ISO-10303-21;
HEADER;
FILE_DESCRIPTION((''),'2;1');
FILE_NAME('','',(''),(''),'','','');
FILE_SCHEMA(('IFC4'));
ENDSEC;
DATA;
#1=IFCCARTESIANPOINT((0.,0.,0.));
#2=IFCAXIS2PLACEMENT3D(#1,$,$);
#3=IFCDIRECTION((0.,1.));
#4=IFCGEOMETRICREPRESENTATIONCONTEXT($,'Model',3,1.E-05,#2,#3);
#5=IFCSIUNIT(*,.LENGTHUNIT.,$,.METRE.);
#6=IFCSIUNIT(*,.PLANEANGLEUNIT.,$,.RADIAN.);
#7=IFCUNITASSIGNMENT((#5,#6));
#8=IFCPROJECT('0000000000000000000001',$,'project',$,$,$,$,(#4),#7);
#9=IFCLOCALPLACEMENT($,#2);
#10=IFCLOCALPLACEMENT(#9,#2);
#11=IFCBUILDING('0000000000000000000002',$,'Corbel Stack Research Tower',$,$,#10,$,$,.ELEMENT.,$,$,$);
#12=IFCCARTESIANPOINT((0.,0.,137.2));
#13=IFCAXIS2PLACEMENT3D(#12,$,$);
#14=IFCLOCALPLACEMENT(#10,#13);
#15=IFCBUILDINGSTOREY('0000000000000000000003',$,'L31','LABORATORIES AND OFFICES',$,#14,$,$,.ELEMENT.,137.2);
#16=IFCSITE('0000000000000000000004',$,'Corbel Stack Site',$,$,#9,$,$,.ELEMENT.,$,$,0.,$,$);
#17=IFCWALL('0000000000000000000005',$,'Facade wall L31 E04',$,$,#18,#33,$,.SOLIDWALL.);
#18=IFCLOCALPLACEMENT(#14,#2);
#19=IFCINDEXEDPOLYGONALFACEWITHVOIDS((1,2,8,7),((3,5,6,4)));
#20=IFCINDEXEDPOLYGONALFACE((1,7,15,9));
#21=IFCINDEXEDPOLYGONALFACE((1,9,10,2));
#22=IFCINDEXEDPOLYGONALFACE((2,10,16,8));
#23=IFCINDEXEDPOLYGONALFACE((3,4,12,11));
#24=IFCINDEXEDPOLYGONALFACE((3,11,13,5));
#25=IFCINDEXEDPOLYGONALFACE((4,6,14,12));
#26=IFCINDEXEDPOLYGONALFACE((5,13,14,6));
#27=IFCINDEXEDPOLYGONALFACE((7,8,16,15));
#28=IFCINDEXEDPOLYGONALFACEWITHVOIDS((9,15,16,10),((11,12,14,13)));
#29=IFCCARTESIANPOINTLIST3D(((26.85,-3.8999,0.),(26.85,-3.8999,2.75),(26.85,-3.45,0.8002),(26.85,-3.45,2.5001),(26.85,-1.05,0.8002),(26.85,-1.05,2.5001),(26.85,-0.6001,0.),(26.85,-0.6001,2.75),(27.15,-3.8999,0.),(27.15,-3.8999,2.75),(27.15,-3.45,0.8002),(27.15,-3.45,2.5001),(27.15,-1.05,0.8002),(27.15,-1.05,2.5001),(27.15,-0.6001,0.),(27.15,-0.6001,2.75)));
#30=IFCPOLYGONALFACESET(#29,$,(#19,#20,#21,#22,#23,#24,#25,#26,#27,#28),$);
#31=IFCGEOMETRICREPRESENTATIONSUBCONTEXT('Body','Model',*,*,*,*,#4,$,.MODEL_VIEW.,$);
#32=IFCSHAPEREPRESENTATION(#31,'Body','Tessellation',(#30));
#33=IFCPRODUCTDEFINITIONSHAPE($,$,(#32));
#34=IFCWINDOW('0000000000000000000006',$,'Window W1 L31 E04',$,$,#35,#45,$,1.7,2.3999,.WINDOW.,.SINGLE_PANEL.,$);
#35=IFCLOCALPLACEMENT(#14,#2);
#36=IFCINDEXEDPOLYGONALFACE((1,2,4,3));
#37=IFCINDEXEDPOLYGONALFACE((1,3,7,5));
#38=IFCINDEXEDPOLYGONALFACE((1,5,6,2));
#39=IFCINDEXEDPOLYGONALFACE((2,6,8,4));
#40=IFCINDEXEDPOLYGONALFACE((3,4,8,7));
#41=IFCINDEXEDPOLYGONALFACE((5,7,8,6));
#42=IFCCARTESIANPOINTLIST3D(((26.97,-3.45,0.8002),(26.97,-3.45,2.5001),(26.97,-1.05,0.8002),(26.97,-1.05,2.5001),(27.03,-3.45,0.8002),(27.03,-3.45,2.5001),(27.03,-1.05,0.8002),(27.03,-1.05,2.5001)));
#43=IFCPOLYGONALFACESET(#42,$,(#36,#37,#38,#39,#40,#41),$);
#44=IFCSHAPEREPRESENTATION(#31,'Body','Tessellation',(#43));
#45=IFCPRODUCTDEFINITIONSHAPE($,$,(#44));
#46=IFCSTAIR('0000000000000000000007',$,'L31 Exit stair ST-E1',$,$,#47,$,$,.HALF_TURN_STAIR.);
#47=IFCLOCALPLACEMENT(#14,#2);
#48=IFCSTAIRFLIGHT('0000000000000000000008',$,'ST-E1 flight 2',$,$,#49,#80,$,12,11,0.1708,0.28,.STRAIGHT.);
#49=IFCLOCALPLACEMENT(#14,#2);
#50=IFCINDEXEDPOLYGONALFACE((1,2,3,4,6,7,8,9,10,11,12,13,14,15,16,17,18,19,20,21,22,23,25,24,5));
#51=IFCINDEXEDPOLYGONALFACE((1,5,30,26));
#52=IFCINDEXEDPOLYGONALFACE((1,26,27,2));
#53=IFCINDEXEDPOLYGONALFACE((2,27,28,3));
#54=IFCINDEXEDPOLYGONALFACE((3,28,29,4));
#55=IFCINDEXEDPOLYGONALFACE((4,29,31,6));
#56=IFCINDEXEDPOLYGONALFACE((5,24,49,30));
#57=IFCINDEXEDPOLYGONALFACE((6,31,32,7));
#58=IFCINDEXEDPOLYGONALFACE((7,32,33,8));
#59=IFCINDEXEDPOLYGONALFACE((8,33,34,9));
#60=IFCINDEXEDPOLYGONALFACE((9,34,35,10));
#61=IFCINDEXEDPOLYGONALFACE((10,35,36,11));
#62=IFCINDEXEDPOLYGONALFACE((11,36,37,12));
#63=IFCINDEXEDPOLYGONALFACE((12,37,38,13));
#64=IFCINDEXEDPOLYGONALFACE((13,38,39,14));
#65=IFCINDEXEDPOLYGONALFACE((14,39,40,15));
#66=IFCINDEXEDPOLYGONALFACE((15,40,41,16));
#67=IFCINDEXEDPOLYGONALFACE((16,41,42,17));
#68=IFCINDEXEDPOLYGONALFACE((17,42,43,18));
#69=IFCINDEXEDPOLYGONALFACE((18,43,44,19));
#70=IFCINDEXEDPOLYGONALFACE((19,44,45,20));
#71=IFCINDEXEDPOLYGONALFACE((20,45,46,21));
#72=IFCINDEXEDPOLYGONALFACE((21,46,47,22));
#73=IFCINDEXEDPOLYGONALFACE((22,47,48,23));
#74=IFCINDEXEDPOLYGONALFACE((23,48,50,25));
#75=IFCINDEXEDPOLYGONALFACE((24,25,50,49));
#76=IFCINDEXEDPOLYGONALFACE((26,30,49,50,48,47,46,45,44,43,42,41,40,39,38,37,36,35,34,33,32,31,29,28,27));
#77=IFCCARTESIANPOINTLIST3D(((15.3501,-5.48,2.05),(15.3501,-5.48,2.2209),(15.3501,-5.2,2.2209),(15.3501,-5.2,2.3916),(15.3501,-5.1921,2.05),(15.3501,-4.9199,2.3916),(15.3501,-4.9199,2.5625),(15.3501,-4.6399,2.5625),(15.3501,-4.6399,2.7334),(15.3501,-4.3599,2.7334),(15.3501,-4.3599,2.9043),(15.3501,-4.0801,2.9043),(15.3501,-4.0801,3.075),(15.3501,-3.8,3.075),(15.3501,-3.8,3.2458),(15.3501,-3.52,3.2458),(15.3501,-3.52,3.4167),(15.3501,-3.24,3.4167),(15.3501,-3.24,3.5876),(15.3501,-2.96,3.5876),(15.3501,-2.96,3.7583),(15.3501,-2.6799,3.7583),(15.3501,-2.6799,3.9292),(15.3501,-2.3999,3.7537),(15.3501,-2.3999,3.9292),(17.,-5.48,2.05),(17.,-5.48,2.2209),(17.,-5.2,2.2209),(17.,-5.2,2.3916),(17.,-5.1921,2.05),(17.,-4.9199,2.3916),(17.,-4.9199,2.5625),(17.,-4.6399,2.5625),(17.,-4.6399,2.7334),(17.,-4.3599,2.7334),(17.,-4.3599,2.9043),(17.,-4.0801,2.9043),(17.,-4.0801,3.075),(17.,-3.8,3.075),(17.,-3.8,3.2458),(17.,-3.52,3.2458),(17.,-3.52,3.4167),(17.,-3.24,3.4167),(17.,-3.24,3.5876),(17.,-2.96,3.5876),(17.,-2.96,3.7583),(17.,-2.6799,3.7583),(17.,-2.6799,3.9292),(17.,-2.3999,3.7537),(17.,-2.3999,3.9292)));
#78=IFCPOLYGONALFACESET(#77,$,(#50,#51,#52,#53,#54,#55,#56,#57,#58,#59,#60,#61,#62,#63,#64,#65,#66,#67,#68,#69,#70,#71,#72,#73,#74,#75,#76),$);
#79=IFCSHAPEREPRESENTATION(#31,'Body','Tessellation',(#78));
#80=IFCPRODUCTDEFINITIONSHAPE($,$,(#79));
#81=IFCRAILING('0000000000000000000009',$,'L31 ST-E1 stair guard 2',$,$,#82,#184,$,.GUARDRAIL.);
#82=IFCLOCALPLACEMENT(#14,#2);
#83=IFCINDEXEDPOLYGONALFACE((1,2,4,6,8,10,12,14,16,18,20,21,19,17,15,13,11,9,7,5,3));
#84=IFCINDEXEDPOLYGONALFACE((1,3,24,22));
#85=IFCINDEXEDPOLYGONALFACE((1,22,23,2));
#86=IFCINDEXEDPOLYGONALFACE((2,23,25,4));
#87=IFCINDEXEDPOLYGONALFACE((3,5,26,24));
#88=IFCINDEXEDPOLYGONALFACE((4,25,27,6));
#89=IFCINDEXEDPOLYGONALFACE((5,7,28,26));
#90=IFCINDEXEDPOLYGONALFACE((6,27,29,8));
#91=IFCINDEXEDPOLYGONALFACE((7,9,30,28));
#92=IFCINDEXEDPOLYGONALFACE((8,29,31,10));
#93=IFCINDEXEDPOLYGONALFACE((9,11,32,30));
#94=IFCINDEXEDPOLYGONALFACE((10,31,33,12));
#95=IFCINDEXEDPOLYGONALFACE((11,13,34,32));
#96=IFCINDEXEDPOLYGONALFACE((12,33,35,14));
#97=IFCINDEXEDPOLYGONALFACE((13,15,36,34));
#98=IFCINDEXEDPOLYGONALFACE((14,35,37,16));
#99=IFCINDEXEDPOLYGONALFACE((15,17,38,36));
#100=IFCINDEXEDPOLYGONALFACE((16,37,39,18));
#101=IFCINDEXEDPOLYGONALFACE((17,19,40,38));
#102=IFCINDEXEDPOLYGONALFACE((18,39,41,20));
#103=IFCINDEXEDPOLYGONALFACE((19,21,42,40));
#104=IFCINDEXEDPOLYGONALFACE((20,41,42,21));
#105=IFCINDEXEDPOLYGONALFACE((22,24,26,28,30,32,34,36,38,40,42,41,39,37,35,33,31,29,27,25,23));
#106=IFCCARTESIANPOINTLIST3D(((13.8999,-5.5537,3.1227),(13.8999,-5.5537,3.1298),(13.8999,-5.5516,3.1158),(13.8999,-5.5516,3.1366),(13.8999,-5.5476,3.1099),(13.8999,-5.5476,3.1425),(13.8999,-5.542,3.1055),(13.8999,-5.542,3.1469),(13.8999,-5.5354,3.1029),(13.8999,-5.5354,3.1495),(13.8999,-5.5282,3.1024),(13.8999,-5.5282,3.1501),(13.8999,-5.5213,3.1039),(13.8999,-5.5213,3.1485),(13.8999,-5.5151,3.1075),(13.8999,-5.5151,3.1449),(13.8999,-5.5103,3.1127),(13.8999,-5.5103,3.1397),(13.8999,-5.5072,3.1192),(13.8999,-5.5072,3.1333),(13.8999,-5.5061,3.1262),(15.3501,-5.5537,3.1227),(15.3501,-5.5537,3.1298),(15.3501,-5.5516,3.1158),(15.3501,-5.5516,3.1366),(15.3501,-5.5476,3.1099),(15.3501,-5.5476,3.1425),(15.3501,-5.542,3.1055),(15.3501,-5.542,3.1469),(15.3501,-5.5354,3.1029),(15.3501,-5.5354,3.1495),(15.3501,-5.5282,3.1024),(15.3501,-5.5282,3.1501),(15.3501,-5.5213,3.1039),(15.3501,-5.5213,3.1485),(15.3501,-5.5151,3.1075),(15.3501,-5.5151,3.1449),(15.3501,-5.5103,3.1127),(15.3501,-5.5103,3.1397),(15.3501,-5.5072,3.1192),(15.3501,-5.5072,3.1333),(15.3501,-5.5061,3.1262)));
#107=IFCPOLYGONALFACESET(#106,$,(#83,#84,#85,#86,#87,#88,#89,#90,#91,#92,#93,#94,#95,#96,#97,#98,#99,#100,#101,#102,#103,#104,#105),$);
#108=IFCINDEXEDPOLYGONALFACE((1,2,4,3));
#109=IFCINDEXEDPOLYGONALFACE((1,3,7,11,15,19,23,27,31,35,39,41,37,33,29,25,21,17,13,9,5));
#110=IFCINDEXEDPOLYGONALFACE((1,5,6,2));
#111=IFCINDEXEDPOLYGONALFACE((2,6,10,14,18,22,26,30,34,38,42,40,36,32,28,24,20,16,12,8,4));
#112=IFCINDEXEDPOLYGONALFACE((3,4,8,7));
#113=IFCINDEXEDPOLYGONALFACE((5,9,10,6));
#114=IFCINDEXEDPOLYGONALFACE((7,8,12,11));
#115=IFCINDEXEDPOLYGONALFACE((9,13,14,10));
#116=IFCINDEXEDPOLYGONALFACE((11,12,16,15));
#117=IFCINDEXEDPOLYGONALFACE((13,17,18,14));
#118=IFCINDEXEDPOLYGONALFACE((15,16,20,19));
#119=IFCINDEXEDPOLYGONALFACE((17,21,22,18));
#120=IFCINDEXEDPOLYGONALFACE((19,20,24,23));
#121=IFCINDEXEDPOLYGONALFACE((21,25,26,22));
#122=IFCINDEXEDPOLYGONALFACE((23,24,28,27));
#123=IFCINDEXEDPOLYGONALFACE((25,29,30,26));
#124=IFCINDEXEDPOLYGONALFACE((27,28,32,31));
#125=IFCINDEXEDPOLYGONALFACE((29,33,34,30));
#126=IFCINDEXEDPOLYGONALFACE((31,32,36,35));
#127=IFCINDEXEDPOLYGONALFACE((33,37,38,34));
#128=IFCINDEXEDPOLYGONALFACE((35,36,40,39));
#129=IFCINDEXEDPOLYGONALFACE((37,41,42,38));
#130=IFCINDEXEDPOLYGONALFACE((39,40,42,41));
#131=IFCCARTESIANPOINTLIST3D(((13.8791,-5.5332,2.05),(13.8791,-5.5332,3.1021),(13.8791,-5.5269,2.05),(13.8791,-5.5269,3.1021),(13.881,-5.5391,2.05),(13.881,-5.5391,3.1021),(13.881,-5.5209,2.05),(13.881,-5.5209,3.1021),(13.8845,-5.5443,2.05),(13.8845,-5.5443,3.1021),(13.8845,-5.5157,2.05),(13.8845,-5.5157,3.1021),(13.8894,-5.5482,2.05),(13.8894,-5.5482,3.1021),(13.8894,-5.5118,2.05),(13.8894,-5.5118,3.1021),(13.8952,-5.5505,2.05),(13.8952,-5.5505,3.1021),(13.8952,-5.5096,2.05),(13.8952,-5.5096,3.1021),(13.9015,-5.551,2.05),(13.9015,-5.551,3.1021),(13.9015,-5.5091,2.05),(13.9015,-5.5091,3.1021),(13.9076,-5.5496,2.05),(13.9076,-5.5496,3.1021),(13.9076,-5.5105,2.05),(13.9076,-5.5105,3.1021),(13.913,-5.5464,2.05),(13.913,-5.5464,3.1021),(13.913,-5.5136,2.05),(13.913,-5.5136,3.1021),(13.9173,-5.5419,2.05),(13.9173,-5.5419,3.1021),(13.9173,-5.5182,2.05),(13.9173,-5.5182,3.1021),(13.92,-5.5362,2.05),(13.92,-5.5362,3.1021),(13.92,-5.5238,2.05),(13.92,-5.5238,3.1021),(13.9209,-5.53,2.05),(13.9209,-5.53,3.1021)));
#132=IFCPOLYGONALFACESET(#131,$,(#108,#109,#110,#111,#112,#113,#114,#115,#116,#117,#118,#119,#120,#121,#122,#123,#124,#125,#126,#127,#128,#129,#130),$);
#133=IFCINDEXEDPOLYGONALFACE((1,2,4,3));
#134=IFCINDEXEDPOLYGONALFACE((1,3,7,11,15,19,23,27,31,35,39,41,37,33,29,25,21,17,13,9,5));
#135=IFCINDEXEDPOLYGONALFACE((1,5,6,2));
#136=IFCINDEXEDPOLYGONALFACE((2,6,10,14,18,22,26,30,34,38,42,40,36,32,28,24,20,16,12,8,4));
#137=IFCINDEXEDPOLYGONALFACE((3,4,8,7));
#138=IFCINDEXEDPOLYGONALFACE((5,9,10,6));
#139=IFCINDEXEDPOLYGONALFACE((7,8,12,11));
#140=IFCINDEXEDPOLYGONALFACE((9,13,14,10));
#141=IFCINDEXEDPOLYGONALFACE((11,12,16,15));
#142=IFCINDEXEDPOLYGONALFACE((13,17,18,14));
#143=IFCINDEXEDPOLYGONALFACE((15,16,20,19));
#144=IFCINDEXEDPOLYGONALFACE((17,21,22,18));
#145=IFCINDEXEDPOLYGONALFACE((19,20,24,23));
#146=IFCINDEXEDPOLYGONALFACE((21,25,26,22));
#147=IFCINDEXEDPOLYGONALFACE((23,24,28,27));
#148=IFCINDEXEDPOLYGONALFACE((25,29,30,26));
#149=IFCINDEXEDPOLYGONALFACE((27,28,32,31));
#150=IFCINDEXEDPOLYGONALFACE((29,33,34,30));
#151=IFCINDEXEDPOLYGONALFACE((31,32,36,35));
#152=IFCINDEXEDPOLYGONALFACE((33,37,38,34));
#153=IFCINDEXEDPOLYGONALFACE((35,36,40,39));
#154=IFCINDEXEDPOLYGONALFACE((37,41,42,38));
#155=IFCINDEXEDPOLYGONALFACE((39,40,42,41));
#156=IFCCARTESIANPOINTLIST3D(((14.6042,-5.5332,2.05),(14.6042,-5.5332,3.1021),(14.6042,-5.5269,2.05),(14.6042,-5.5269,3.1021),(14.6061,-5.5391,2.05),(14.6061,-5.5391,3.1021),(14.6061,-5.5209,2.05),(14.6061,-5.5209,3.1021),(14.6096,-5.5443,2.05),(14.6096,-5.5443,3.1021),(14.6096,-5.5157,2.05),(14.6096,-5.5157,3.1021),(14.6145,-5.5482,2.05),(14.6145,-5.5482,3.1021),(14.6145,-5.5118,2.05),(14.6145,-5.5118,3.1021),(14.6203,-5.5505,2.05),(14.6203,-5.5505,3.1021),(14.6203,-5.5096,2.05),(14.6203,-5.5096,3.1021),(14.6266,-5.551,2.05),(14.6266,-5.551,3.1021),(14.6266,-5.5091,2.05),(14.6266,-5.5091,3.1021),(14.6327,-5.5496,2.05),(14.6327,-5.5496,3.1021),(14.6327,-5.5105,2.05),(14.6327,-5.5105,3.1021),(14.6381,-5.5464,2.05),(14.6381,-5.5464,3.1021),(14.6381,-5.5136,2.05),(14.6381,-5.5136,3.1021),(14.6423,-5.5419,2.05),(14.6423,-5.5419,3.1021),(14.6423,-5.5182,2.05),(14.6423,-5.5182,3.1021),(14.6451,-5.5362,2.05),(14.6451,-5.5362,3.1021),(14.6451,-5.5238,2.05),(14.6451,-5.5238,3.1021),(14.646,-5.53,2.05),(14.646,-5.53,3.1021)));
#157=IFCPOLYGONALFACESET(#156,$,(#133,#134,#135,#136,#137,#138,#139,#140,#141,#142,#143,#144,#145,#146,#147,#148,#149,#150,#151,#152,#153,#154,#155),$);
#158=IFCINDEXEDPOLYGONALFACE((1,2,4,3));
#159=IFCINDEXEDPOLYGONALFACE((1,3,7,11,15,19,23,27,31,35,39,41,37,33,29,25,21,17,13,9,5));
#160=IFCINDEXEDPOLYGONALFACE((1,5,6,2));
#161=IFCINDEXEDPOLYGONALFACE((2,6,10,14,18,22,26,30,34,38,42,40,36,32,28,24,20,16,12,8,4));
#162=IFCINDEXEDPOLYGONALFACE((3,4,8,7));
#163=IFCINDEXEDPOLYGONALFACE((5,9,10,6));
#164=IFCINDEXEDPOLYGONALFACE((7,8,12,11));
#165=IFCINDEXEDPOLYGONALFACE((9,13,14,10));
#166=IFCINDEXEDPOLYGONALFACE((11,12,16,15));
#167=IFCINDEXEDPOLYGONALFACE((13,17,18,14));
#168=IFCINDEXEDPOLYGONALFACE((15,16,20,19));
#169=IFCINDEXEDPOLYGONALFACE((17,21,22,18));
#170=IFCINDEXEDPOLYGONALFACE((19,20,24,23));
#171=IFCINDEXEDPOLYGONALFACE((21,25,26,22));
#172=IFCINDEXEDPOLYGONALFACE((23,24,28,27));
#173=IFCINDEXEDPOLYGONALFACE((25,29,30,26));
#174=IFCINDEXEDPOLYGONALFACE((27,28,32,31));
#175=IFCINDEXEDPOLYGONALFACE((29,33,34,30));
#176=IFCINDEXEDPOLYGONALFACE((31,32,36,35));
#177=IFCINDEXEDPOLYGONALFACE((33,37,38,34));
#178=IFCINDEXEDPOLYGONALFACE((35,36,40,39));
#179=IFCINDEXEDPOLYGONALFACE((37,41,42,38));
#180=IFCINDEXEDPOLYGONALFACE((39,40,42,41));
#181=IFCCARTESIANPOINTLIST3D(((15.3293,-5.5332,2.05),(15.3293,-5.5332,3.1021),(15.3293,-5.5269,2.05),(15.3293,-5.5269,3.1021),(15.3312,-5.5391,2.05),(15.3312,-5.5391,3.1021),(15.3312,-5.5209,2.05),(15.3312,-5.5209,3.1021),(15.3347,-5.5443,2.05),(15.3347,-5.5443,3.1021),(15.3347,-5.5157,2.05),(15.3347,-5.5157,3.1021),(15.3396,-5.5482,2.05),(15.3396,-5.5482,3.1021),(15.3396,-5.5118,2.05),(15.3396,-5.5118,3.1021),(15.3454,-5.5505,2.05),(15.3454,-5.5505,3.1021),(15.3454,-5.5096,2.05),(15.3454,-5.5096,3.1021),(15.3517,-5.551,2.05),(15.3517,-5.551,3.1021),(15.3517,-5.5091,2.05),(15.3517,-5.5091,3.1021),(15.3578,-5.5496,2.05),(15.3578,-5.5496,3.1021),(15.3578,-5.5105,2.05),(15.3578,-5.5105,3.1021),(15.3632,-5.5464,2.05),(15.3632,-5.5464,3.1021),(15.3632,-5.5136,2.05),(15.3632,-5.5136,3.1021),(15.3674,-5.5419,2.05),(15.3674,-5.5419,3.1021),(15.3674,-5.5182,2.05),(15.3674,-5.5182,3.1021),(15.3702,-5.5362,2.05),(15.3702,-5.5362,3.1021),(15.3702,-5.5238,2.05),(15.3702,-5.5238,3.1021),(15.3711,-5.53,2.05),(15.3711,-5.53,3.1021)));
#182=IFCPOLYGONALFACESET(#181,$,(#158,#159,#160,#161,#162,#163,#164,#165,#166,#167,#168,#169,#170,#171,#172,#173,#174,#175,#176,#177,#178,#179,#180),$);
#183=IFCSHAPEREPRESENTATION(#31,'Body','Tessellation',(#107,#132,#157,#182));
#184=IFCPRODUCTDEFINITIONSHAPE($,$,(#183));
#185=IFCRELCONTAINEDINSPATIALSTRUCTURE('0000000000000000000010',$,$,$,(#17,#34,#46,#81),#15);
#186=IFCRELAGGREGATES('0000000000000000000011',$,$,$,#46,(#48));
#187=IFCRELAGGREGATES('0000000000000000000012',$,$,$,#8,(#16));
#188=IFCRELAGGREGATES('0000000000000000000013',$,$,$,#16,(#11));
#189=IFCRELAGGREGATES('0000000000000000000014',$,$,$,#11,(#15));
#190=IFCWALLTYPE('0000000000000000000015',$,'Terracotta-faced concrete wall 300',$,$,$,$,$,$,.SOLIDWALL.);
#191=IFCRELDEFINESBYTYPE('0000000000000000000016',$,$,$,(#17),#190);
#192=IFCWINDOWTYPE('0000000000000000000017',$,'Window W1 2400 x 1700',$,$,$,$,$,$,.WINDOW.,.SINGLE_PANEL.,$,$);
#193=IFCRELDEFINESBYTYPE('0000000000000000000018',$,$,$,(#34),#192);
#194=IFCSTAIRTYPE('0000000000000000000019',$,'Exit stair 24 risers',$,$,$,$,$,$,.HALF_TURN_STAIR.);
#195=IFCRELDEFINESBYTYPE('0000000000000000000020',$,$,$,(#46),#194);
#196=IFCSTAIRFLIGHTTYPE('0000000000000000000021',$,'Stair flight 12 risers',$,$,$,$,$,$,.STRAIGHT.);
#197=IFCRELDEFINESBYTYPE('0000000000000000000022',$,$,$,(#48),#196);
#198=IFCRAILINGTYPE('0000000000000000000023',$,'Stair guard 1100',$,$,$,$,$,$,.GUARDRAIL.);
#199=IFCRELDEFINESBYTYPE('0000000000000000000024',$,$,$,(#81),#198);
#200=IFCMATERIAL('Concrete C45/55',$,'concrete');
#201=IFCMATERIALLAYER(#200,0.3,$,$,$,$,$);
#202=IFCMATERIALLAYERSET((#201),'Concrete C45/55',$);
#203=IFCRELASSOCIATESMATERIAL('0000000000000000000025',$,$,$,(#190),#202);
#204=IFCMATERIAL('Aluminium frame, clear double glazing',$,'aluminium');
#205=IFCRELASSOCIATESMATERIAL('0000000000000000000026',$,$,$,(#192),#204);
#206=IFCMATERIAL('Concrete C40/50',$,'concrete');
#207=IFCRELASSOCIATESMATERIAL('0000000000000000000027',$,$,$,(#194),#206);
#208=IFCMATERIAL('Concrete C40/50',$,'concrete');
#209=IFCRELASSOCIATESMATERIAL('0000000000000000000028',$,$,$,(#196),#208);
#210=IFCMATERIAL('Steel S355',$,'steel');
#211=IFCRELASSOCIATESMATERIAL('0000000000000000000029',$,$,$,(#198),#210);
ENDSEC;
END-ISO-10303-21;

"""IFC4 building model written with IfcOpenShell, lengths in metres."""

from ifc_helpers import new_model, si_unit, direction, frame, frame_2d, origin, origin_2d, place, context, subcontext, project, spatial, polyline, rectangle, circle, outline, extrude, material, layer, layer_set, type_object, element, fill, aggregate, save


model = new_model("IFC4")

# Units and contexts
model_context = context("Model", 3, precision=1e-05, world=origin(), true_north=direction((0.0, 1.0)))
body_context = subcontext(model_context, "Body", "Model", "MODEL_VIEW")
ifc_project = project(units=[si_unit("LENGTHUNIT", "METRE"), si_unit("PLANEANGLEUNIT", "RADIAN")], contexts=[model_context])

# Site, building, storey
site_placement = place(None, origin())
site = spatial("IfcSite", under=ifc_project, at=site_placement, Name="Corbel Stack Site", CompositionType="ELEMENT", RefElevation=0.0)
building_placement = place(site_placement, origin())
building = spatial("IfcBuilding", under=site, at=building_placement, Name="Corbel Stack Research Tower", CompositionType="ELEMENT")
storey_placement = place(building_placement, frame((0.0, 0.0, 137.2)))
storey = spatial("IfcBuildingStorey", under=building, at=storey_placement, Name="L31", Description="LABORATORIES AND OFFICES", CompositionType="ELEMENT", Elevation=137.2)

# Wall, opening, window
ifc_material_1 = material(Name="Concrete C45/55", Category="concrete")
ifc_layer_1 = layer(ifc_material_1, 0.3)
ifc_layer_set_1 = layer_set([ifc_layer_1], Name="Concrete C45/55")
wall_type_1 = type_object("IfcWallType", Name="Terracotta-faced concrete wall 300", PredefinedType="SOLIDWALL", material=ifc_layer_set_1)
ifc_material_2 = material(Name="Aluminium frame, clear double glazing", Category="aluminium")
window_type = type_object("IfcWindowType", Name="Window W1 2400 x 1700", PartitioningType="SINGLE_PANEL", PredefinedType="WINDOW", material=ifc_material_2)
wall_1_placement = place(storey_placement, frame((27.0, -0.6001, 0.0), z_axis=(0.0, 0.0, 1.0), x_axis=(0.0, -1.0, 0.0)))
wall_1 = element("IfcWall", 1, at=wall_1_placement, inside=storey, type_object=wall_type_1, Name="Facade wall L31 E04", PredefinedType="SOLIDWALL", context=body_context, shape_type="SweptSolid", body=[
    extrude(rectangle(XDim=3.2998, YDim=0.3, at=frame_2d((1.6499, 0.0))), origin(), (0.0, 0.0, 1.0), 2.75),
])
opening_1_placement = place(wall_1_placement, frame((0.45, 0.0, 0.8)))
opening_1 = element("IfcOpeningElement", 2, at=opening_1_placement, cuts=wall_1, PredefinedType="OPENING", context=body_context, shape_type="SweptSolid", body=[
    extrude(rectangle(XDim=2.3999, YDim=1.7, at=frame_2d((1.2, 0.8501))), frame((0.0, 0.1599, 0.0), z_axis=(0.0, -1.0, 0.0), x_axis=(1.0, 0.0, 0.0)), (0.0, 0.0, 1.0), 0.3201),
])
window_1_placement = place(opening_1_placement, origin())
window_1 = element("IfcWindow", 3, at=window_1_placement, inside=storey, type_object=window_type, Name="Window W1 L31 E04", OverallHeight=1.7, OverallWidth=2.3999, PartitioningType="SINGLE_PANEL", PredefinedType="WINDOW", context=body_context, shape_type="SweptSolid", body=[
    extrude(rectangle(XDim=2.3999, YDim=1.7, at=frame_2d((1.2, 0.8501))), frame((0.0, 0.03, 0.0), z_axis=(0.0, -1.0, 0.0), x_axis=(1.0, 0.0, 0.0)), (0.0, 0.0, 1.0), 0.0601),
])
fill(opening_1, window_1)

# Stair, stair flight
ifc_material_3 = material(Name="Concrete C40/50", Category="concrete")
stair_type = type_object("IfcStairType", Name="Exit stair 24 risers", PredefinedType="HALF_TURN_STAIR", material=ifc_material_3)
stair_placement = place(storey_placement, origin())
stair = element("IfcStair", 4, at=stair_placement, inside=storey, type_object=stair_type, Name="L31 Exit stair ST-E1", PredefinedType="HALF_TURN_STAIR")
ifc_material_4 = material(Name="Concrete C40/50", Category="concrete")
stair_flight_type = type_object("IfcStairFlightType", Name="Stair flight 12 risers", PredefinedType="STRAIGHT", material=ifc_material_4)
stair_flight_placement = place(storey_placement, frame((16.175, -5.48, 2.05), z_axis=(0.0, 0.0, 1.0), x_axis=(0.0, 1.0, 0.0)))
stair_flight = element("IfcStairFlight", 5, at=stair_flight_placement, type_object=stair_flight_type, Name="ST-E1 flight 2", NumberOfRisers=12, NumberOfTreads=11, PredefinedType="STRAIGHT", RiserHeight=0.1708, TreadLength=0.28, context=body_context, shape_type="SweptSolid", body=[
    extrude(outline(polyline([(0.0, 0.0), (0.0, 0.1709), (0.28, 0.1709), (0.28, 0.3416), (0.5601, 0.3416), (0.5601, 0.5125), (0.8401, 0.5125), (0.8401, 0.6833), (1.1201, 0.6833), (1.1201, 0.8542), (1.3999, 0.8542), (1.3999, 1.0249), (1.6799, 1.0249), (1.6799, 1.1958), (1.96, 1.1958), (1.96, 1.3667), (2.24, 1.3667), (2.24, 1.5376), (2.52, 1.5376), (2.52, 1.7083), (2.8, 1.7083), (2.8, 1.8792), (3.0801, 1.8792), (3.0801, 2.05), (3.0801, 1.7036), (0.2878, 0.0), (0.0, 0.0)])), frame((0.0, 0.825, 0.0), z_axis=(0.0, -1.0, 0.0), x_axis=(1.0, 0.0, 0.0)), (0.0, 0.0, 1.0), 1.6499),
])
aggregate(stair, [stair_flight])

# Railing
ifc_material_5 = material(Name="Steel S355", Category="steel")
railing_type_1 = type_object("IfcRailingType", Name="Stair guard 1100", PredefinedType="GUARDRAIL", material=ifc_material_5)
railing_1_placement = place(storey_placement, frame((13.8999, -5.53, 2.05)))
element("IfcRailing", 6, at=railing_1_placement, inside=storey, type_object=railing_type_1, Name="L31 ST-E1 stair guard 2", PredefinedType="GUARDRAIL", context=body_context, shape_type="SweptSolid", body=[
    extrude(circle(Radius=0.0239, at=origin_2d()), frame((0.0, 0.0, 1.0762), z_axis=(1.0, 0.0, 0.0), x_axis=(0.0, 1.0, 0.0)), (0.0, 0.0, 1.0), 1.4502),
    extrude(circle(Radius=0.021, at=origin_2d()), origin(), (0.0, 0.0, 1.0), 1.052),
    extrude(circle(Radius=0.021, at=origin_2d()), frame((0.7251, 0.0, 0.0)), (0.0, 0.0, 1.0), 1.052),
    extrude(circle(Radius=0.021, at=origin_2d()), frame((1.4502, 0.0, 0.0)), (0.0, 0.0, 1.0), 1.052),
])

save(model, "model.ifc")
